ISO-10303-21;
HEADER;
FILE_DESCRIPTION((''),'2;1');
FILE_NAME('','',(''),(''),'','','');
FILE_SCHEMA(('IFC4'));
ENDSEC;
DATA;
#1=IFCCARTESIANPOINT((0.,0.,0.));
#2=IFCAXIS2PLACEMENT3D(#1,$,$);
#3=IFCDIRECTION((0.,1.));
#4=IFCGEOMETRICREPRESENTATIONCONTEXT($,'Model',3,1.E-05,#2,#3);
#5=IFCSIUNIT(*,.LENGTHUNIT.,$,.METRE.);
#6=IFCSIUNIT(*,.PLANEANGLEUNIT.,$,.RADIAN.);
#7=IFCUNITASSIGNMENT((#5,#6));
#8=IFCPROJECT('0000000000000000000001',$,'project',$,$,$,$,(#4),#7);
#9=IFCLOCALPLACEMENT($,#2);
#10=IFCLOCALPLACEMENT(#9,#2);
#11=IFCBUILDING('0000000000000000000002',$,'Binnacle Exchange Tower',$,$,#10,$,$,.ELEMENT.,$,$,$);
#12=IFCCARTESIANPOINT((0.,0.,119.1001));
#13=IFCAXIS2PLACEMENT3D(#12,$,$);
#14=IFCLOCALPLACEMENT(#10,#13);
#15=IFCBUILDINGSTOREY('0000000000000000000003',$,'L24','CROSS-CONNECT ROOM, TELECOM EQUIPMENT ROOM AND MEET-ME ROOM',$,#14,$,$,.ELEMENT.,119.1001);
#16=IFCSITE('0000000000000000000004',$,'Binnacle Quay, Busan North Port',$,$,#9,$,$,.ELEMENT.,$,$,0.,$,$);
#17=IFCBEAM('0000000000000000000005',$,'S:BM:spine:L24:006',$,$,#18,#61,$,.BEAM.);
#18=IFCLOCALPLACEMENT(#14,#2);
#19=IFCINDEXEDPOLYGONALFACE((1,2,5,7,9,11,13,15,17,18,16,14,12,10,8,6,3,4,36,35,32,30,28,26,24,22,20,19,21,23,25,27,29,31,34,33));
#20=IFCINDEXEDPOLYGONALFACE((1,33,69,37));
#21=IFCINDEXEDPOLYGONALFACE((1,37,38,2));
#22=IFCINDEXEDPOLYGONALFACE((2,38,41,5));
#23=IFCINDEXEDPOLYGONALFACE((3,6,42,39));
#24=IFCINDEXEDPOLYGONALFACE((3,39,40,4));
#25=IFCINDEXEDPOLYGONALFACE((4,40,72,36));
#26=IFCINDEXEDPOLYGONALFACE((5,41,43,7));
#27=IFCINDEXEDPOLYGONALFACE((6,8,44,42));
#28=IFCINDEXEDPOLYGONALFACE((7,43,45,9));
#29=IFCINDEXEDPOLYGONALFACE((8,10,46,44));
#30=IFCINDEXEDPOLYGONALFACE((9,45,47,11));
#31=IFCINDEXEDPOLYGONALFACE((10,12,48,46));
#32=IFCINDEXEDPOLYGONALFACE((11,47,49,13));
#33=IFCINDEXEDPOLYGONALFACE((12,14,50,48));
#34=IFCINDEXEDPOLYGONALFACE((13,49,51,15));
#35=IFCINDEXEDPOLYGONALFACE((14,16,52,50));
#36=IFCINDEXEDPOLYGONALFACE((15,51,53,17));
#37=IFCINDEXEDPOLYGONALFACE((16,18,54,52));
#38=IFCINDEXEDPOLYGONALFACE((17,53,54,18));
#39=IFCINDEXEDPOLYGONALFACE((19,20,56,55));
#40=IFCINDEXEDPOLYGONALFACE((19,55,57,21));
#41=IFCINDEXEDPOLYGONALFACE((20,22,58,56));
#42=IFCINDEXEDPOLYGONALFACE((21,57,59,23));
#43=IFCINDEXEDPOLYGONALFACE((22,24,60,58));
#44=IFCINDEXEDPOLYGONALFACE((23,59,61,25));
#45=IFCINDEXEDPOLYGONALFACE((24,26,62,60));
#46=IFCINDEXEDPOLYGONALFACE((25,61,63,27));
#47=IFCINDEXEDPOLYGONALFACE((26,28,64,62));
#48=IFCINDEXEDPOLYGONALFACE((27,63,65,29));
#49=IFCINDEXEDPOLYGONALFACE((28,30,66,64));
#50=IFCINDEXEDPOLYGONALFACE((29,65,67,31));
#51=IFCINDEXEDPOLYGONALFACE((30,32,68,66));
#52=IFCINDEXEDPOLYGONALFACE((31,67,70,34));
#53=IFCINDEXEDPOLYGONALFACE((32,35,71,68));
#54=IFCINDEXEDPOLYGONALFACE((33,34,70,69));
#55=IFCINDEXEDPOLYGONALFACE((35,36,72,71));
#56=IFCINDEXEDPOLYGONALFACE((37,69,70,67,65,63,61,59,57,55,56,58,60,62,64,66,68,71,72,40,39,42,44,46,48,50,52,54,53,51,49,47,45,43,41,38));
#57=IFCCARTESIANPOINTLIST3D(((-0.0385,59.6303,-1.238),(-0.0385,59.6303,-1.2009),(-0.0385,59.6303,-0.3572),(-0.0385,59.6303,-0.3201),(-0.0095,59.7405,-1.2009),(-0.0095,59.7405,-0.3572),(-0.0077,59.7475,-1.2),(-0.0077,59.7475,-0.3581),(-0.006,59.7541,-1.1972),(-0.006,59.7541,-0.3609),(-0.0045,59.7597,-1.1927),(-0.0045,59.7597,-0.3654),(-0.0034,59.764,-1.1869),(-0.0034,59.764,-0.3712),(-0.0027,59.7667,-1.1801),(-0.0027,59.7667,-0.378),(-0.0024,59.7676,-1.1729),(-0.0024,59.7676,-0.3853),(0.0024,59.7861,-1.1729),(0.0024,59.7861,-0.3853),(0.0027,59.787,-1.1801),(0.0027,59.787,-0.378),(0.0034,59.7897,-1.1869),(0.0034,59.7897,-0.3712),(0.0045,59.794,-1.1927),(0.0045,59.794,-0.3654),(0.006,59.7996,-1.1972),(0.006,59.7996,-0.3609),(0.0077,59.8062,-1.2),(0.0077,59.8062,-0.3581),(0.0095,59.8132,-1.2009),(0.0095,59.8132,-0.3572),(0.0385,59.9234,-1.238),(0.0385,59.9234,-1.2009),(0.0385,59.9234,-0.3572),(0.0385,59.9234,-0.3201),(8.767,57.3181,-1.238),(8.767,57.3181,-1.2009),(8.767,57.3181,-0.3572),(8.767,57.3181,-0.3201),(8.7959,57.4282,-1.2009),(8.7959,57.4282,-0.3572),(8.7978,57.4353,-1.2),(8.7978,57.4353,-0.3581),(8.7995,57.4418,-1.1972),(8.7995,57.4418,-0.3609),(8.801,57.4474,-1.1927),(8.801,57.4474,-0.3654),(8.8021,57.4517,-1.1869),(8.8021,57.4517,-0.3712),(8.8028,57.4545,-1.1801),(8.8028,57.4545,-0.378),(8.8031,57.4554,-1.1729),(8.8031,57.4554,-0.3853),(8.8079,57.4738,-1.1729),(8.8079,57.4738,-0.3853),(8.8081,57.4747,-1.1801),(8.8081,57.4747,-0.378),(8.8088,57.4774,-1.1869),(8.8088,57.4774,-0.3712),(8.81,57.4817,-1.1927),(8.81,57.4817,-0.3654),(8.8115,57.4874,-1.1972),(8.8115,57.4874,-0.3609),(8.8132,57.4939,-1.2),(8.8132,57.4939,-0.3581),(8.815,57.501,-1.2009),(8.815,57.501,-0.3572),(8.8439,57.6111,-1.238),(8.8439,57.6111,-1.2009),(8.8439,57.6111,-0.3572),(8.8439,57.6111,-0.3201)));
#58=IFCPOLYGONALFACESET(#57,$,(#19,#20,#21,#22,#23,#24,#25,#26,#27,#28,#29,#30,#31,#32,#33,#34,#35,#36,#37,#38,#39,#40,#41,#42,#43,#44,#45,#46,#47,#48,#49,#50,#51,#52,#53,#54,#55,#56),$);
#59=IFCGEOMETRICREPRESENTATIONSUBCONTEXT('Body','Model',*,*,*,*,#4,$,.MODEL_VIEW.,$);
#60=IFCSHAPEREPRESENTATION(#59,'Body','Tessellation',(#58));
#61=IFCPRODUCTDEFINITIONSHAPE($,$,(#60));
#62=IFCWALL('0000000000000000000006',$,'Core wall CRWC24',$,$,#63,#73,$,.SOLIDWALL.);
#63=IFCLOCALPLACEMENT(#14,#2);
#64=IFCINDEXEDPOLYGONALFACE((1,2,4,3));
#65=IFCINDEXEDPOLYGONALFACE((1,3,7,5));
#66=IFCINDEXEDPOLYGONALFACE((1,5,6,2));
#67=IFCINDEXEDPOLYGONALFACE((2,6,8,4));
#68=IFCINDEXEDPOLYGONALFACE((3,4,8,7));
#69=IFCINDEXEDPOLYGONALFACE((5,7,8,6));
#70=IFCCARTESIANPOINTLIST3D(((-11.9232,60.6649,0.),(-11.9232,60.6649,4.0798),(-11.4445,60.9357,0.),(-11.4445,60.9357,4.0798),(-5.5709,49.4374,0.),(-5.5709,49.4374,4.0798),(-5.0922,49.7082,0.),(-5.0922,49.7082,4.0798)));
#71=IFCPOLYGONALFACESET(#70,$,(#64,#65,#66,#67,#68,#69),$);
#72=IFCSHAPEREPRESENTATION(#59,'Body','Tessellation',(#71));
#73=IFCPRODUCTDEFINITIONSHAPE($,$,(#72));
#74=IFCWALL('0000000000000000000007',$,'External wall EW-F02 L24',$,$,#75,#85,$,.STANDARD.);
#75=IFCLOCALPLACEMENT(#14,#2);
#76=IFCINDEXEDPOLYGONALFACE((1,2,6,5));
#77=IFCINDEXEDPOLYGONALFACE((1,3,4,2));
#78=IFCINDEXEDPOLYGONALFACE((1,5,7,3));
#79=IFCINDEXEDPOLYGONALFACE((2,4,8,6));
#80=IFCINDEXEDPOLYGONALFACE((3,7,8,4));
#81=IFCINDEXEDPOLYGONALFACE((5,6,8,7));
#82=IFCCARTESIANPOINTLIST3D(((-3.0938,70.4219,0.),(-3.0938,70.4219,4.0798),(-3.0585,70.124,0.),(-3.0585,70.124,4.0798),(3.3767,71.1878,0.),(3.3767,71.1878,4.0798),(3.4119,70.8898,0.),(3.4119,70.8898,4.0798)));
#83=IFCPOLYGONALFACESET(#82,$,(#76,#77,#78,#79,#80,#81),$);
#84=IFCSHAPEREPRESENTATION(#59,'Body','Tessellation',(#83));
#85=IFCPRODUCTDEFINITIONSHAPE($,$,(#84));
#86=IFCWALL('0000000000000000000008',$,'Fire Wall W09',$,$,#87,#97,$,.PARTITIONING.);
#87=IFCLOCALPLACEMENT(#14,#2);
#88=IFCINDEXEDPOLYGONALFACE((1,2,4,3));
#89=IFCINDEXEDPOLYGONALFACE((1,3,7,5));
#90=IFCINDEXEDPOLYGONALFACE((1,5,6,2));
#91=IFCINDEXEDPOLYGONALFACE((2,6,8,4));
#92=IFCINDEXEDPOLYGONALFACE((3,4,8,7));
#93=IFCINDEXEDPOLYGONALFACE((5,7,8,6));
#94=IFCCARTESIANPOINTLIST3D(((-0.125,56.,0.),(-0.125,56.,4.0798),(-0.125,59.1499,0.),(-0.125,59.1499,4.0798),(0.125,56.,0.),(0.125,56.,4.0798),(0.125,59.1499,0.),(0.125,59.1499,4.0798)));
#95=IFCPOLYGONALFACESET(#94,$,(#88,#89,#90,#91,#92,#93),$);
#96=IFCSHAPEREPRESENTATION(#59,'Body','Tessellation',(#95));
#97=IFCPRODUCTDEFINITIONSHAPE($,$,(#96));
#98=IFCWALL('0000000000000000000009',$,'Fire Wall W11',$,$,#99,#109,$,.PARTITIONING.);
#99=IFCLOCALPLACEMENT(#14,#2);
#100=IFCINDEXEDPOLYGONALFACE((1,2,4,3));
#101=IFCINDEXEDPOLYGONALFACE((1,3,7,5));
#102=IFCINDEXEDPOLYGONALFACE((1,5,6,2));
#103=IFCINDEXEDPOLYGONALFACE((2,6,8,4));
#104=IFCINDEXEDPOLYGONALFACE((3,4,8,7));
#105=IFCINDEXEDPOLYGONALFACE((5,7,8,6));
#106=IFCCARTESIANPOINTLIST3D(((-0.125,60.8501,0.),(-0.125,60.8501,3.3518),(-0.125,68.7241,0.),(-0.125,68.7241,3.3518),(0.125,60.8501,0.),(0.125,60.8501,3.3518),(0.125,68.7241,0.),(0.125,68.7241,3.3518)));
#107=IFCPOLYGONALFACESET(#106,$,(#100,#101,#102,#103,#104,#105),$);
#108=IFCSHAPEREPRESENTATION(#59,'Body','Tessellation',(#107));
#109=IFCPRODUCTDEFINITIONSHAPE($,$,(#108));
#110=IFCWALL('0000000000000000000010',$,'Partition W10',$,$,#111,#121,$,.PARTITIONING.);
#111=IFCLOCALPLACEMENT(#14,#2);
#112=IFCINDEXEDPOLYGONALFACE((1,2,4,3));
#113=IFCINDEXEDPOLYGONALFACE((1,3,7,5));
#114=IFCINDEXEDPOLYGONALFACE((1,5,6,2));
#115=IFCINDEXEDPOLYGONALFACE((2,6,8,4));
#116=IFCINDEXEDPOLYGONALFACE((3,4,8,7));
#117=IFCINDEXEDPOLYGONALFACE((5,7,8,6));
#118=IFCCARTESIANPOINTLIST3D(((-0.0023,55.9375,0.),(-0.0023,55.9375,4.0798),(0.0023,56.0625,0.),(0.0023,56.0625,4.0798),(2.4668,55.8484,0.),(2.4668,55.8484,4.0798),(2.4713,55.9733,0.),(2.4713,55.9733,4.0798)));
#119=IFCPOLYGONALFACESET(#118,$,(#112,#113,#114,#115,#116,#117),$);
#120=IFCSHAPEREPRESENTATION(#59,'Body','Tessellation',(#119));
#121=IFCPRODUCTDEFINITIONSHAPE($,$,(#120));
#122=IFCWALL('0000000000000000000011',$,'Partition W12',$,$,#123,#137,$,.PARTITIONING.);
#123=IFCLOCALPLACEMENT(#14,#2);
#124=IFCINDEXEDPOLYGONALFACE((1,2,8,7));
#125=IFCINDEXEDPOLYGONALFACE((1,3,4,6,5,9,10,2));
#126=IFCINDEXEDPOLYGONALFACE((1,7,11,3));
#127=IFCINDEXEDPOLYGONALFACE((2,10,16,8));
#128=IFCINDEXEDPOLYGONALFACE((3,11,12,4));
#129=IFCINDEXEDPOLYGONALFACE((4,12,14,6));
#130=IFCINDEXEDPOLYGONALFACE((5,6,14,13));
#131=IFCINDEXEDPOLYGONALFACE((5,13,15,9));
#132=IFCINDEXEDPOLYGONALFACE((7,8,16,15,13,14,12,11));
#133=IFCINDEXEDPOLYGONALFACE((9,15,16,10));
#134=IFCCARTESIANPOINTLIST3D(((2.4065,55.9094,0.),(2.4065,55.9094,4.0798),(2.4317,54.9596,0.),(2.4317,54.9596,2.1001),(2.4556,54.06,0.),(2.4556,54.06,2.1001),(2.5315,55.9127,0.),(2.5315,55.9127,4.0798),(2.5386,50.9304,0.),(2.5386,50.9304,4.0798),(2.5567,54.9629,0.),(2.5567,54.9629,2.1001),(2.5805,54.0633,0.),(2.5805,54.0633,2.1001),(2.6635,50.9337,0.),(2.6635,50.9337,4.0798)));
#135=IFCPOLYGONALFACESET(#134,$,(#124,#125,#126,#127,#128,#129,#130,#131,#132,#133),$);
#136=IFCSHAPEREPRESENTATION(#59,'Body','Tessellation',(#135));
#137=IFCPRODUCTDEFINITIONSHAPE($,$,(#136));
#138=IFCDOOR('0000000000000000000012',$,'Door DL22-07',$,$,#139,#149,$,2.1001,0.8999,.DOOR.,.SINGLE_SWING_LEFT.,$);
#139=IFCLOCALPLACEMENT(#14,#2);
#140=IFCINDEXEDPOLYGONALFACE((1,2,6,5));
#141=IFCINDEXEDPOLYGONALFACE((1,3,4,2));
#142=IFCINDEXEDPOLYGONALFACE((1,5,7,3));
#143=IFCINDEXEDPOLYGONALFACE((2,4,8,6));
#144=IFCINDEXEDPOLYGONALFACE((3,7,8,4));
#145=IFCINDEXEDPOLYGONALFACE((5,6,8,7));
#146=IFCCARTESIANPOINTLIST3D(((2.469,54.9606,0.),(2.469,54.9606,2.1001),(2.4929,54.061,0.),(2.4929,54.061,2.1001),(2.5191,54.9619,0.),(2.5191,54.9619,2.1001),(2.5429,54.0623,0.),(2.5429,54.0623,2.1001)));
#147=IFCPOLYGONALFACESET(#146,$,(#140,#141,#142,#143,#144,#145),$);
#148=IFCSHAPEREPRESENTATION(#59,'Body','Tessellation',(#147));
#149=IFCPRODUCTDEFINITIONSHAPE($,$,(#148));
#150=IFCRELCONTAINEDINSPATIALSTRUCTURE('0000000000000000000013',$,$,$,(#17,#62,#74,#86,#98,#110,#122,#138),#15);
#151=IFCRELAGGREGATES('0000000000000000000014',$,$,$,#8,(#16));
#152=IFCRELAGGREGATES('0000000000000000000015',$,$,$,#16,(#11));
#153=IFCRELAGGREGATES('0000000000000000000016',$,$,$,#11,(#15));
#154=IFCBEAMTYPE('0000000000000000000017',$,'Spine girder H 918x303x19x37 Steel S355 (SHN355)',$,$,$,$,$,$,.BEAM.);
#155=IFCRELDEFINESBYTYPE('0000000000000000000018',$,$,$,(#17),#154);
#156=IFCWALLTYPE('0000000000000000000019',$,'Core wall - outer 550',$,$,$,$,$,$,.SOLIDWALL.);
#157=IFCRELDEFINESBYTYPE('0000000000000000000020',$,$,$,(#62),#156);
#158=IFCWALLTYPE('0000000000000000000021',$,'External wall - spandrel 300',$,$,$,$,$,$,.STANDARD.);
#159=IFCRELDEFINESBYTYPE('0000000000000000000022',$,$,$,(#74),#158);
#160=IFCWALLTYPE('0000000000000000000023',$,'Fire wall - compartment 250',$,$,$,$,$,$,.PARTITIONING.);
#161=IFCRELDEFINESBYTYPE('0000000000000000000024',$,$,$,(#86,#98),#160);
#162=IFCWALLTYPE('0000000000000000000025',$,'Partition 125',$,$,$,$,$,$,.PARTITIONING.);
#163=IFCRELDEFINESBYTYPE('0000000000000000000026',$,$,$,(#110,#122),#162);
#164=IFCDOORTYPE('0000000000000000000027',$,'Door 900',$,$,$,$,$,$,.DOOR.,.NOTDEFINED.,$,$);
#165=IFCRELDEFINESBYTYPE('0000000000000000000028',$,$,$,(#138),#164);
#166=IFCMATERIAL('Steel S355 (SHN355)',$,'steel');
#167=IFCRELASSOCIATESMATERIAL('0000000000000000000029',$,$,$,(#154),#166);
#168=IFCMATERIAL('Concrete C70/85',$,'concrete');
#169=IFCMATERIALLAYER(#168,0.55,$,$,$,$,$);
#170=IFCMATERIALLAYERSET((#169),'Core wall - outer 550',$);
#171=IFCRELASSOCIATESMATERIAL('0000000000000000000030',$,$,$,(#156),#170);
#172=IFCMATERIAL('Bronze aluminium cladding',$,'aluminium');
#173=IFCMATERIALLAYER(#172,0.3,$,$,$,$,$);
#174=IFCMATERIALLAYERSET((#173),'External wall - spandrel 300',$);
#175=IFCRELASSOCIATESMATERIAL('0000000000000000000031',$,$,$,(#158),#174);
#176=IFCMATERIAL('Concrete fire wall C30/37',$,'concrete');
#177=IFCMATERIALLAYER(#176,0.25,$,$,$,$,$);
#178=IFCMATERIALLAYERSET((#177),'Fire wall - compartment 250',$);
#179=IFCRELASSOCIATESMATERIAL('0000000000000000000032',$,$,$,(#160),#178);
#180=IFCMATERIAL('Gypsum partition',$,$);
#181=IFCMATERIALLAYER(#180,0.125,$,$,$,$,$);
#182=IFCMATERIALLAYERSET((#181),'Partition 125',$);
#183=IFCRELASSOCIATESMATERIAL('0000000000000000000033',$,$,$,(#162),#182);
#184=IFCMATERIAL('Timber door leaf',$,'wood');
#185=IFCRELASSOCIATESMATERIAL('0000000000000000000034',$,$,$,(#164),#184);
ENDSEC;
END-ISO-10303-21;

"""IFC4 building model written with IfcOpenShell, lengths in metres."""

from ifc_helpers import new_model, si_unit, direction, frame, frame_2d, origin, origin_2d, place, context, subcontext, project, spatial, rectangle, i_section, extrude, material, layer, layer_set, material_profile, profile_set, type_object, element, fill, save


model = new_model("IFC4")

# Units and contexts
model_context = context("Model", 3, precision=1e-05, world=origin(), true_north=direction((0.0, 1.0)))
body_context = subcontext(model_context, "Body", "Model", "MODEL_VIEW")
ifc_project = project(units=[si_unit("LENGTHUNIT", "METRE"), si_unit("PLANEANGLEUNIT", "RADIAN")], contexts=[model_context])

# Site, building, storey
site_placement = place(None, origin())
site = spatial("IfcSite", under=ifc_project, at=site_placement, Name="Binnacle Quay, Busan North Port", CompositionType="ELEMENT", RefElevation=0.0)
building_placement = place(site_placement, origin())
building = spatial("IfcBuilding", under=site, at=building_placement, Name="Binnacle Exchange Tower", CompositionType="ELEMENT")
storey_placement = place(building_placement, frame((0.0, 0.0, 119.1001)))
storey = spatial("IfcBuildingStorey", under=building, at=storey_placement, Name="L24", Description="CROSS-CONNECT ROOM, TELECOM EQUIPMENT ROOM AND MEET-ME ROOM", CompositionType="ELEMENT", Elevation=119.1001)

# Shared definitions
ifc_material_1 = material(Name="Concrete C70/85", Category="concrete")

# Beam
ifc_material_2 = material(Name="Steel S355 (SHN355)", Category="steel")
ifc_material_profile_1 = material_profile(ifc_material_2, i_section(OverallWidth=0.303, OverallDepth=0.918, WebThickness=0.019, FlangeThickness=0.0371, FilletRadius=0.0281, at=origin_2d()), Name="H 918x303x19x37")
ifc_profile_set_1 = profile_set([ifc_material_profile_1], Name="Steel S355 (SHN355)")
beam_type_1 = type_object("IfcBeamType", Name="Spine girder H 918x303x19x37 Steel S355 (SHN355)", PredefinedType="BEAM", material=ifc_profile_set_1)
beam_1_placement = place(storey_placement, frame((0.0, 59.7769, -0.7791), z_axis=(0.967208, -0.253984, 0.0), x_axis=(0.253984, 0.967208, 0.0)))
element("IfcBeam", 1, at=beam_1_placement, inside=storey, type_object=beam_type_1, Name="S:BM:spine:L24:006", PredefinedType="BEAM", context=body_context, shape_type="SweptSolid", body=[
    extrude(i_section(OverallWidth=0.303, OverallDepth=0.918, WebThickness=0.019, FlangeThickness=0.0371, FilletRadius=0.0281, at=origin_2d()), origin(), (0.0, 0.0, 1.0), 9.104),
])

# Walls
ifc_layer_1 = layer(ifc_material_1, 0.55)
ifc_layer_set_1 = layer_set([ifc_layer_1], Name="Core wall - outer 550")
wall_type_1 = type_object("IfcWallType", Name="Core wall - outer 550", PredefinedType="SOLIDWALL", material=ifc_layer_set_1)
wall_1_placement = place(storey_placement, frame((-11.6838, 60.8003, 0.0), z_axis=(0.0, 0.0, 1.0), x_axis=(0.492427, -0.870354, 0.0)))
element("IfcWall", 2, at=wall_1_placement, inside=storey, type_object=wall_type_1, Name="Core wall CRWC24", PredefinedType="SOLIDWALL", context=body_context, shape_type="SweptSolid", body=[
    extrude(rectangle(XDim=12.8999, YDim=0.55, at=frame_2d((6.45, 0.0))), origin(), (0.0, 0.0, 1.0), 4.0798),
])
ifc_material_3 = material(Name="Bronze aluminium cladding", Category="aluminium")
ifc_layer_2 = layer(ifc_material_3, 0.3)
ifc_layer_set_2 = layer_set([ifc_layer_2], Name="External wall - spandrel 300")
wall_type_2 = type_object("IfcWallType", Name="External wall - spandrel 300", PredefinedType="STANDARD", material=ifc_layer_set_2)
wall_2_placement = place(storey_placement, frame((-3.0762, 70.2729, 0.0), z_axis=(0.0, 0.0, 1.0), x_axis=(0.993068, 0.117543, 0.0)))
element("IfcWall", 3, at=wall_2_placement, inside=storey, type_object=wall_type_2, Name="External wall EW-F02 L24", PredefinedType="STANDARD", context=body_context, shape_type="SweptSolid", body=[
    extrude(rectangle(XDim=6.5156, YDim=0.3, at=frame_2d((3.2578, 0.0))), origin(), (0.0, 0.0, 1.0), 4.0798),
])
ifc_material_4 = material(Name="Concrete fire wall C30/37", Category="concrete")
ifc_layer_3 = layer(ifc_material_4, 0.25)
ifc_layer_set_3 = layer_set([ifc_layer_3], Name="Fire wall - compartment 250")
wall_type_3 = type_object("IfcWallType", Name="Fire wall - compartment 250", PredefinedType="PARTITIONING", material=ifc_layer_set_3)
wall_3_placement = place(storey_placement, frame((0.0, 56.0, 0.0), z_axis=(0.0, 0.0, 1.0), x_axis=(0.0, 1.0, 0.0)))
element("IfcWall", 4, at=wall_3_placement, inside=storey, type_object=wall_type_3, Name="Fire Wall W09", PredefinedType="PARTITIONING", context=body_context, shape_type="SweptSolid", body=[
    extrude(rectangle(XDim=3.1499, YDim=0.25, at=frame_2d((1.575, 0.0))), origin(), (0.0, 0.0, 1.0), 4.0798),
])
wall_4_placement = place(storey_placement, frame((0.0, 60.8501, 0.0), z_axis=(0.0, 0.0, 1.0), x_axis=(0.0, 1.0, 0.0)))
element("IfcWall", 5, at=wall_4_placement, inside=storey, type_object=wall_type_3, Name="Fire Wall W11", PredefinedType="PARTITIONING", context=body_context, shape_type="SweptSolid", body=[
    extrude(rectangle(XDim=7.874, YDim=0.25, at=frame_2d((3.937, 0.0))), origin(), (0.0, 0.0, 1.0), 3.3518),
])
ifc_material_5 = material(Name="Gypsum partition")
ifc_layer_4 = layer(ifc_material_5, 0.125)
ifc_layer_set_4 = layer_set([ifc_layer_4], Name="Partition 125")
wall_type_4 = type_object("IfcWallType", Name="Partition 125", PredefinedType="PARTITIONING", material=ifc_layer_set_4)
wall_5_placement = place(storey_placement, frame((0.0, 56.0, 0.0), z_axis=(0.0, 0.0, 1.0), x_axis=(0.999349, -0.036069, 0.0)))
element("IfcWall", 6, at=wall_5_placement, inside=storey, type_object=wall_type_4, Name="Partition W10", PredefinedType="PARTITIONING", context=body_context, shape_type="SweptSolid", body=[
    extrude(rectangle(XDim=2.4707, YDim=0.125, at=frame_2d((1.2354, 0.0))), origin(), (0.0, 0.0, 1.0), 4.0798),
])

# Wall, opening, door
wall_6_placement = place(storey_placement, frame((2.469, 55.9109, 0.0), z_axis=(0.0, 0.0, 1.0), x_axis=(0.026518, -0.999648, 0.0)))
wall_6 = element("IfcWall", 7, at=wall_6_placement, inside=storey, type_object=wall_type_4, Name="Partition W12", PredefinedType="PARTITIONING", context=body_context, shape_type="SweptSolid", body=[
    extrude(rectangle(XDim=4.9807, YDim=0.125, at=frame_2d((2.4902, 0.0))), origin(), (0.0, 0.0, 1.0), 4.0798),
])
opening_placement = place(wall_6_placement, frame((0.95, 0.0, 0.0)))
opening = element("IfcOpeningElement", 8, at=opening_placement, cuts=wall_6, PredefinedType="OPENING", context=body_context, shape_type="SweptSolid", body=[
    extrude(rectangle(XDim=0.8999, YDim=2.1001, at=frame_2d((0.45, 1.05))), frame((0.0, 0.0725, 0.0), z_axis=(0.0, -1.0, 0.0), x_axis=(1.0, 0.0, 0.0)), (0.0, 0.0, 1.0), 0.145),
])
ifc_material_6 = material(Name="Timber door leaf", Category="wood")
door_type = type_object("IfcDoorType", Name="Door 900", OperationType="NOTDEFINED", PredefinedType="DOOR", material=ifc_material_6)
door_placement = place(opening_placement, origin())
door = element("IfcDoor", 9, at=door_placement, inside=storey, type_object=door_type, Name="Door DL22-07", OperationType="SINGLE_SWING_LEFT", OverallHeight=2.1001, OverallWidth=0.8999, PredefinedType="DOOR", context=body_context, shape_type="SweptSolid", body=[
    extrude(rectangle(XDim=0.8999, YDim=2.1001, at=frame_2d((0.45, 1.05))), frame((0.0, 0.0249, 0.0), z_axis=(0.0, -1.0, 0.0), x_axis=(1.0, 0.0, 0.0)), (0.0, 0.0, 1.0), 0.05),
])
fill(opening, door)

save(model, "model.ifc")
